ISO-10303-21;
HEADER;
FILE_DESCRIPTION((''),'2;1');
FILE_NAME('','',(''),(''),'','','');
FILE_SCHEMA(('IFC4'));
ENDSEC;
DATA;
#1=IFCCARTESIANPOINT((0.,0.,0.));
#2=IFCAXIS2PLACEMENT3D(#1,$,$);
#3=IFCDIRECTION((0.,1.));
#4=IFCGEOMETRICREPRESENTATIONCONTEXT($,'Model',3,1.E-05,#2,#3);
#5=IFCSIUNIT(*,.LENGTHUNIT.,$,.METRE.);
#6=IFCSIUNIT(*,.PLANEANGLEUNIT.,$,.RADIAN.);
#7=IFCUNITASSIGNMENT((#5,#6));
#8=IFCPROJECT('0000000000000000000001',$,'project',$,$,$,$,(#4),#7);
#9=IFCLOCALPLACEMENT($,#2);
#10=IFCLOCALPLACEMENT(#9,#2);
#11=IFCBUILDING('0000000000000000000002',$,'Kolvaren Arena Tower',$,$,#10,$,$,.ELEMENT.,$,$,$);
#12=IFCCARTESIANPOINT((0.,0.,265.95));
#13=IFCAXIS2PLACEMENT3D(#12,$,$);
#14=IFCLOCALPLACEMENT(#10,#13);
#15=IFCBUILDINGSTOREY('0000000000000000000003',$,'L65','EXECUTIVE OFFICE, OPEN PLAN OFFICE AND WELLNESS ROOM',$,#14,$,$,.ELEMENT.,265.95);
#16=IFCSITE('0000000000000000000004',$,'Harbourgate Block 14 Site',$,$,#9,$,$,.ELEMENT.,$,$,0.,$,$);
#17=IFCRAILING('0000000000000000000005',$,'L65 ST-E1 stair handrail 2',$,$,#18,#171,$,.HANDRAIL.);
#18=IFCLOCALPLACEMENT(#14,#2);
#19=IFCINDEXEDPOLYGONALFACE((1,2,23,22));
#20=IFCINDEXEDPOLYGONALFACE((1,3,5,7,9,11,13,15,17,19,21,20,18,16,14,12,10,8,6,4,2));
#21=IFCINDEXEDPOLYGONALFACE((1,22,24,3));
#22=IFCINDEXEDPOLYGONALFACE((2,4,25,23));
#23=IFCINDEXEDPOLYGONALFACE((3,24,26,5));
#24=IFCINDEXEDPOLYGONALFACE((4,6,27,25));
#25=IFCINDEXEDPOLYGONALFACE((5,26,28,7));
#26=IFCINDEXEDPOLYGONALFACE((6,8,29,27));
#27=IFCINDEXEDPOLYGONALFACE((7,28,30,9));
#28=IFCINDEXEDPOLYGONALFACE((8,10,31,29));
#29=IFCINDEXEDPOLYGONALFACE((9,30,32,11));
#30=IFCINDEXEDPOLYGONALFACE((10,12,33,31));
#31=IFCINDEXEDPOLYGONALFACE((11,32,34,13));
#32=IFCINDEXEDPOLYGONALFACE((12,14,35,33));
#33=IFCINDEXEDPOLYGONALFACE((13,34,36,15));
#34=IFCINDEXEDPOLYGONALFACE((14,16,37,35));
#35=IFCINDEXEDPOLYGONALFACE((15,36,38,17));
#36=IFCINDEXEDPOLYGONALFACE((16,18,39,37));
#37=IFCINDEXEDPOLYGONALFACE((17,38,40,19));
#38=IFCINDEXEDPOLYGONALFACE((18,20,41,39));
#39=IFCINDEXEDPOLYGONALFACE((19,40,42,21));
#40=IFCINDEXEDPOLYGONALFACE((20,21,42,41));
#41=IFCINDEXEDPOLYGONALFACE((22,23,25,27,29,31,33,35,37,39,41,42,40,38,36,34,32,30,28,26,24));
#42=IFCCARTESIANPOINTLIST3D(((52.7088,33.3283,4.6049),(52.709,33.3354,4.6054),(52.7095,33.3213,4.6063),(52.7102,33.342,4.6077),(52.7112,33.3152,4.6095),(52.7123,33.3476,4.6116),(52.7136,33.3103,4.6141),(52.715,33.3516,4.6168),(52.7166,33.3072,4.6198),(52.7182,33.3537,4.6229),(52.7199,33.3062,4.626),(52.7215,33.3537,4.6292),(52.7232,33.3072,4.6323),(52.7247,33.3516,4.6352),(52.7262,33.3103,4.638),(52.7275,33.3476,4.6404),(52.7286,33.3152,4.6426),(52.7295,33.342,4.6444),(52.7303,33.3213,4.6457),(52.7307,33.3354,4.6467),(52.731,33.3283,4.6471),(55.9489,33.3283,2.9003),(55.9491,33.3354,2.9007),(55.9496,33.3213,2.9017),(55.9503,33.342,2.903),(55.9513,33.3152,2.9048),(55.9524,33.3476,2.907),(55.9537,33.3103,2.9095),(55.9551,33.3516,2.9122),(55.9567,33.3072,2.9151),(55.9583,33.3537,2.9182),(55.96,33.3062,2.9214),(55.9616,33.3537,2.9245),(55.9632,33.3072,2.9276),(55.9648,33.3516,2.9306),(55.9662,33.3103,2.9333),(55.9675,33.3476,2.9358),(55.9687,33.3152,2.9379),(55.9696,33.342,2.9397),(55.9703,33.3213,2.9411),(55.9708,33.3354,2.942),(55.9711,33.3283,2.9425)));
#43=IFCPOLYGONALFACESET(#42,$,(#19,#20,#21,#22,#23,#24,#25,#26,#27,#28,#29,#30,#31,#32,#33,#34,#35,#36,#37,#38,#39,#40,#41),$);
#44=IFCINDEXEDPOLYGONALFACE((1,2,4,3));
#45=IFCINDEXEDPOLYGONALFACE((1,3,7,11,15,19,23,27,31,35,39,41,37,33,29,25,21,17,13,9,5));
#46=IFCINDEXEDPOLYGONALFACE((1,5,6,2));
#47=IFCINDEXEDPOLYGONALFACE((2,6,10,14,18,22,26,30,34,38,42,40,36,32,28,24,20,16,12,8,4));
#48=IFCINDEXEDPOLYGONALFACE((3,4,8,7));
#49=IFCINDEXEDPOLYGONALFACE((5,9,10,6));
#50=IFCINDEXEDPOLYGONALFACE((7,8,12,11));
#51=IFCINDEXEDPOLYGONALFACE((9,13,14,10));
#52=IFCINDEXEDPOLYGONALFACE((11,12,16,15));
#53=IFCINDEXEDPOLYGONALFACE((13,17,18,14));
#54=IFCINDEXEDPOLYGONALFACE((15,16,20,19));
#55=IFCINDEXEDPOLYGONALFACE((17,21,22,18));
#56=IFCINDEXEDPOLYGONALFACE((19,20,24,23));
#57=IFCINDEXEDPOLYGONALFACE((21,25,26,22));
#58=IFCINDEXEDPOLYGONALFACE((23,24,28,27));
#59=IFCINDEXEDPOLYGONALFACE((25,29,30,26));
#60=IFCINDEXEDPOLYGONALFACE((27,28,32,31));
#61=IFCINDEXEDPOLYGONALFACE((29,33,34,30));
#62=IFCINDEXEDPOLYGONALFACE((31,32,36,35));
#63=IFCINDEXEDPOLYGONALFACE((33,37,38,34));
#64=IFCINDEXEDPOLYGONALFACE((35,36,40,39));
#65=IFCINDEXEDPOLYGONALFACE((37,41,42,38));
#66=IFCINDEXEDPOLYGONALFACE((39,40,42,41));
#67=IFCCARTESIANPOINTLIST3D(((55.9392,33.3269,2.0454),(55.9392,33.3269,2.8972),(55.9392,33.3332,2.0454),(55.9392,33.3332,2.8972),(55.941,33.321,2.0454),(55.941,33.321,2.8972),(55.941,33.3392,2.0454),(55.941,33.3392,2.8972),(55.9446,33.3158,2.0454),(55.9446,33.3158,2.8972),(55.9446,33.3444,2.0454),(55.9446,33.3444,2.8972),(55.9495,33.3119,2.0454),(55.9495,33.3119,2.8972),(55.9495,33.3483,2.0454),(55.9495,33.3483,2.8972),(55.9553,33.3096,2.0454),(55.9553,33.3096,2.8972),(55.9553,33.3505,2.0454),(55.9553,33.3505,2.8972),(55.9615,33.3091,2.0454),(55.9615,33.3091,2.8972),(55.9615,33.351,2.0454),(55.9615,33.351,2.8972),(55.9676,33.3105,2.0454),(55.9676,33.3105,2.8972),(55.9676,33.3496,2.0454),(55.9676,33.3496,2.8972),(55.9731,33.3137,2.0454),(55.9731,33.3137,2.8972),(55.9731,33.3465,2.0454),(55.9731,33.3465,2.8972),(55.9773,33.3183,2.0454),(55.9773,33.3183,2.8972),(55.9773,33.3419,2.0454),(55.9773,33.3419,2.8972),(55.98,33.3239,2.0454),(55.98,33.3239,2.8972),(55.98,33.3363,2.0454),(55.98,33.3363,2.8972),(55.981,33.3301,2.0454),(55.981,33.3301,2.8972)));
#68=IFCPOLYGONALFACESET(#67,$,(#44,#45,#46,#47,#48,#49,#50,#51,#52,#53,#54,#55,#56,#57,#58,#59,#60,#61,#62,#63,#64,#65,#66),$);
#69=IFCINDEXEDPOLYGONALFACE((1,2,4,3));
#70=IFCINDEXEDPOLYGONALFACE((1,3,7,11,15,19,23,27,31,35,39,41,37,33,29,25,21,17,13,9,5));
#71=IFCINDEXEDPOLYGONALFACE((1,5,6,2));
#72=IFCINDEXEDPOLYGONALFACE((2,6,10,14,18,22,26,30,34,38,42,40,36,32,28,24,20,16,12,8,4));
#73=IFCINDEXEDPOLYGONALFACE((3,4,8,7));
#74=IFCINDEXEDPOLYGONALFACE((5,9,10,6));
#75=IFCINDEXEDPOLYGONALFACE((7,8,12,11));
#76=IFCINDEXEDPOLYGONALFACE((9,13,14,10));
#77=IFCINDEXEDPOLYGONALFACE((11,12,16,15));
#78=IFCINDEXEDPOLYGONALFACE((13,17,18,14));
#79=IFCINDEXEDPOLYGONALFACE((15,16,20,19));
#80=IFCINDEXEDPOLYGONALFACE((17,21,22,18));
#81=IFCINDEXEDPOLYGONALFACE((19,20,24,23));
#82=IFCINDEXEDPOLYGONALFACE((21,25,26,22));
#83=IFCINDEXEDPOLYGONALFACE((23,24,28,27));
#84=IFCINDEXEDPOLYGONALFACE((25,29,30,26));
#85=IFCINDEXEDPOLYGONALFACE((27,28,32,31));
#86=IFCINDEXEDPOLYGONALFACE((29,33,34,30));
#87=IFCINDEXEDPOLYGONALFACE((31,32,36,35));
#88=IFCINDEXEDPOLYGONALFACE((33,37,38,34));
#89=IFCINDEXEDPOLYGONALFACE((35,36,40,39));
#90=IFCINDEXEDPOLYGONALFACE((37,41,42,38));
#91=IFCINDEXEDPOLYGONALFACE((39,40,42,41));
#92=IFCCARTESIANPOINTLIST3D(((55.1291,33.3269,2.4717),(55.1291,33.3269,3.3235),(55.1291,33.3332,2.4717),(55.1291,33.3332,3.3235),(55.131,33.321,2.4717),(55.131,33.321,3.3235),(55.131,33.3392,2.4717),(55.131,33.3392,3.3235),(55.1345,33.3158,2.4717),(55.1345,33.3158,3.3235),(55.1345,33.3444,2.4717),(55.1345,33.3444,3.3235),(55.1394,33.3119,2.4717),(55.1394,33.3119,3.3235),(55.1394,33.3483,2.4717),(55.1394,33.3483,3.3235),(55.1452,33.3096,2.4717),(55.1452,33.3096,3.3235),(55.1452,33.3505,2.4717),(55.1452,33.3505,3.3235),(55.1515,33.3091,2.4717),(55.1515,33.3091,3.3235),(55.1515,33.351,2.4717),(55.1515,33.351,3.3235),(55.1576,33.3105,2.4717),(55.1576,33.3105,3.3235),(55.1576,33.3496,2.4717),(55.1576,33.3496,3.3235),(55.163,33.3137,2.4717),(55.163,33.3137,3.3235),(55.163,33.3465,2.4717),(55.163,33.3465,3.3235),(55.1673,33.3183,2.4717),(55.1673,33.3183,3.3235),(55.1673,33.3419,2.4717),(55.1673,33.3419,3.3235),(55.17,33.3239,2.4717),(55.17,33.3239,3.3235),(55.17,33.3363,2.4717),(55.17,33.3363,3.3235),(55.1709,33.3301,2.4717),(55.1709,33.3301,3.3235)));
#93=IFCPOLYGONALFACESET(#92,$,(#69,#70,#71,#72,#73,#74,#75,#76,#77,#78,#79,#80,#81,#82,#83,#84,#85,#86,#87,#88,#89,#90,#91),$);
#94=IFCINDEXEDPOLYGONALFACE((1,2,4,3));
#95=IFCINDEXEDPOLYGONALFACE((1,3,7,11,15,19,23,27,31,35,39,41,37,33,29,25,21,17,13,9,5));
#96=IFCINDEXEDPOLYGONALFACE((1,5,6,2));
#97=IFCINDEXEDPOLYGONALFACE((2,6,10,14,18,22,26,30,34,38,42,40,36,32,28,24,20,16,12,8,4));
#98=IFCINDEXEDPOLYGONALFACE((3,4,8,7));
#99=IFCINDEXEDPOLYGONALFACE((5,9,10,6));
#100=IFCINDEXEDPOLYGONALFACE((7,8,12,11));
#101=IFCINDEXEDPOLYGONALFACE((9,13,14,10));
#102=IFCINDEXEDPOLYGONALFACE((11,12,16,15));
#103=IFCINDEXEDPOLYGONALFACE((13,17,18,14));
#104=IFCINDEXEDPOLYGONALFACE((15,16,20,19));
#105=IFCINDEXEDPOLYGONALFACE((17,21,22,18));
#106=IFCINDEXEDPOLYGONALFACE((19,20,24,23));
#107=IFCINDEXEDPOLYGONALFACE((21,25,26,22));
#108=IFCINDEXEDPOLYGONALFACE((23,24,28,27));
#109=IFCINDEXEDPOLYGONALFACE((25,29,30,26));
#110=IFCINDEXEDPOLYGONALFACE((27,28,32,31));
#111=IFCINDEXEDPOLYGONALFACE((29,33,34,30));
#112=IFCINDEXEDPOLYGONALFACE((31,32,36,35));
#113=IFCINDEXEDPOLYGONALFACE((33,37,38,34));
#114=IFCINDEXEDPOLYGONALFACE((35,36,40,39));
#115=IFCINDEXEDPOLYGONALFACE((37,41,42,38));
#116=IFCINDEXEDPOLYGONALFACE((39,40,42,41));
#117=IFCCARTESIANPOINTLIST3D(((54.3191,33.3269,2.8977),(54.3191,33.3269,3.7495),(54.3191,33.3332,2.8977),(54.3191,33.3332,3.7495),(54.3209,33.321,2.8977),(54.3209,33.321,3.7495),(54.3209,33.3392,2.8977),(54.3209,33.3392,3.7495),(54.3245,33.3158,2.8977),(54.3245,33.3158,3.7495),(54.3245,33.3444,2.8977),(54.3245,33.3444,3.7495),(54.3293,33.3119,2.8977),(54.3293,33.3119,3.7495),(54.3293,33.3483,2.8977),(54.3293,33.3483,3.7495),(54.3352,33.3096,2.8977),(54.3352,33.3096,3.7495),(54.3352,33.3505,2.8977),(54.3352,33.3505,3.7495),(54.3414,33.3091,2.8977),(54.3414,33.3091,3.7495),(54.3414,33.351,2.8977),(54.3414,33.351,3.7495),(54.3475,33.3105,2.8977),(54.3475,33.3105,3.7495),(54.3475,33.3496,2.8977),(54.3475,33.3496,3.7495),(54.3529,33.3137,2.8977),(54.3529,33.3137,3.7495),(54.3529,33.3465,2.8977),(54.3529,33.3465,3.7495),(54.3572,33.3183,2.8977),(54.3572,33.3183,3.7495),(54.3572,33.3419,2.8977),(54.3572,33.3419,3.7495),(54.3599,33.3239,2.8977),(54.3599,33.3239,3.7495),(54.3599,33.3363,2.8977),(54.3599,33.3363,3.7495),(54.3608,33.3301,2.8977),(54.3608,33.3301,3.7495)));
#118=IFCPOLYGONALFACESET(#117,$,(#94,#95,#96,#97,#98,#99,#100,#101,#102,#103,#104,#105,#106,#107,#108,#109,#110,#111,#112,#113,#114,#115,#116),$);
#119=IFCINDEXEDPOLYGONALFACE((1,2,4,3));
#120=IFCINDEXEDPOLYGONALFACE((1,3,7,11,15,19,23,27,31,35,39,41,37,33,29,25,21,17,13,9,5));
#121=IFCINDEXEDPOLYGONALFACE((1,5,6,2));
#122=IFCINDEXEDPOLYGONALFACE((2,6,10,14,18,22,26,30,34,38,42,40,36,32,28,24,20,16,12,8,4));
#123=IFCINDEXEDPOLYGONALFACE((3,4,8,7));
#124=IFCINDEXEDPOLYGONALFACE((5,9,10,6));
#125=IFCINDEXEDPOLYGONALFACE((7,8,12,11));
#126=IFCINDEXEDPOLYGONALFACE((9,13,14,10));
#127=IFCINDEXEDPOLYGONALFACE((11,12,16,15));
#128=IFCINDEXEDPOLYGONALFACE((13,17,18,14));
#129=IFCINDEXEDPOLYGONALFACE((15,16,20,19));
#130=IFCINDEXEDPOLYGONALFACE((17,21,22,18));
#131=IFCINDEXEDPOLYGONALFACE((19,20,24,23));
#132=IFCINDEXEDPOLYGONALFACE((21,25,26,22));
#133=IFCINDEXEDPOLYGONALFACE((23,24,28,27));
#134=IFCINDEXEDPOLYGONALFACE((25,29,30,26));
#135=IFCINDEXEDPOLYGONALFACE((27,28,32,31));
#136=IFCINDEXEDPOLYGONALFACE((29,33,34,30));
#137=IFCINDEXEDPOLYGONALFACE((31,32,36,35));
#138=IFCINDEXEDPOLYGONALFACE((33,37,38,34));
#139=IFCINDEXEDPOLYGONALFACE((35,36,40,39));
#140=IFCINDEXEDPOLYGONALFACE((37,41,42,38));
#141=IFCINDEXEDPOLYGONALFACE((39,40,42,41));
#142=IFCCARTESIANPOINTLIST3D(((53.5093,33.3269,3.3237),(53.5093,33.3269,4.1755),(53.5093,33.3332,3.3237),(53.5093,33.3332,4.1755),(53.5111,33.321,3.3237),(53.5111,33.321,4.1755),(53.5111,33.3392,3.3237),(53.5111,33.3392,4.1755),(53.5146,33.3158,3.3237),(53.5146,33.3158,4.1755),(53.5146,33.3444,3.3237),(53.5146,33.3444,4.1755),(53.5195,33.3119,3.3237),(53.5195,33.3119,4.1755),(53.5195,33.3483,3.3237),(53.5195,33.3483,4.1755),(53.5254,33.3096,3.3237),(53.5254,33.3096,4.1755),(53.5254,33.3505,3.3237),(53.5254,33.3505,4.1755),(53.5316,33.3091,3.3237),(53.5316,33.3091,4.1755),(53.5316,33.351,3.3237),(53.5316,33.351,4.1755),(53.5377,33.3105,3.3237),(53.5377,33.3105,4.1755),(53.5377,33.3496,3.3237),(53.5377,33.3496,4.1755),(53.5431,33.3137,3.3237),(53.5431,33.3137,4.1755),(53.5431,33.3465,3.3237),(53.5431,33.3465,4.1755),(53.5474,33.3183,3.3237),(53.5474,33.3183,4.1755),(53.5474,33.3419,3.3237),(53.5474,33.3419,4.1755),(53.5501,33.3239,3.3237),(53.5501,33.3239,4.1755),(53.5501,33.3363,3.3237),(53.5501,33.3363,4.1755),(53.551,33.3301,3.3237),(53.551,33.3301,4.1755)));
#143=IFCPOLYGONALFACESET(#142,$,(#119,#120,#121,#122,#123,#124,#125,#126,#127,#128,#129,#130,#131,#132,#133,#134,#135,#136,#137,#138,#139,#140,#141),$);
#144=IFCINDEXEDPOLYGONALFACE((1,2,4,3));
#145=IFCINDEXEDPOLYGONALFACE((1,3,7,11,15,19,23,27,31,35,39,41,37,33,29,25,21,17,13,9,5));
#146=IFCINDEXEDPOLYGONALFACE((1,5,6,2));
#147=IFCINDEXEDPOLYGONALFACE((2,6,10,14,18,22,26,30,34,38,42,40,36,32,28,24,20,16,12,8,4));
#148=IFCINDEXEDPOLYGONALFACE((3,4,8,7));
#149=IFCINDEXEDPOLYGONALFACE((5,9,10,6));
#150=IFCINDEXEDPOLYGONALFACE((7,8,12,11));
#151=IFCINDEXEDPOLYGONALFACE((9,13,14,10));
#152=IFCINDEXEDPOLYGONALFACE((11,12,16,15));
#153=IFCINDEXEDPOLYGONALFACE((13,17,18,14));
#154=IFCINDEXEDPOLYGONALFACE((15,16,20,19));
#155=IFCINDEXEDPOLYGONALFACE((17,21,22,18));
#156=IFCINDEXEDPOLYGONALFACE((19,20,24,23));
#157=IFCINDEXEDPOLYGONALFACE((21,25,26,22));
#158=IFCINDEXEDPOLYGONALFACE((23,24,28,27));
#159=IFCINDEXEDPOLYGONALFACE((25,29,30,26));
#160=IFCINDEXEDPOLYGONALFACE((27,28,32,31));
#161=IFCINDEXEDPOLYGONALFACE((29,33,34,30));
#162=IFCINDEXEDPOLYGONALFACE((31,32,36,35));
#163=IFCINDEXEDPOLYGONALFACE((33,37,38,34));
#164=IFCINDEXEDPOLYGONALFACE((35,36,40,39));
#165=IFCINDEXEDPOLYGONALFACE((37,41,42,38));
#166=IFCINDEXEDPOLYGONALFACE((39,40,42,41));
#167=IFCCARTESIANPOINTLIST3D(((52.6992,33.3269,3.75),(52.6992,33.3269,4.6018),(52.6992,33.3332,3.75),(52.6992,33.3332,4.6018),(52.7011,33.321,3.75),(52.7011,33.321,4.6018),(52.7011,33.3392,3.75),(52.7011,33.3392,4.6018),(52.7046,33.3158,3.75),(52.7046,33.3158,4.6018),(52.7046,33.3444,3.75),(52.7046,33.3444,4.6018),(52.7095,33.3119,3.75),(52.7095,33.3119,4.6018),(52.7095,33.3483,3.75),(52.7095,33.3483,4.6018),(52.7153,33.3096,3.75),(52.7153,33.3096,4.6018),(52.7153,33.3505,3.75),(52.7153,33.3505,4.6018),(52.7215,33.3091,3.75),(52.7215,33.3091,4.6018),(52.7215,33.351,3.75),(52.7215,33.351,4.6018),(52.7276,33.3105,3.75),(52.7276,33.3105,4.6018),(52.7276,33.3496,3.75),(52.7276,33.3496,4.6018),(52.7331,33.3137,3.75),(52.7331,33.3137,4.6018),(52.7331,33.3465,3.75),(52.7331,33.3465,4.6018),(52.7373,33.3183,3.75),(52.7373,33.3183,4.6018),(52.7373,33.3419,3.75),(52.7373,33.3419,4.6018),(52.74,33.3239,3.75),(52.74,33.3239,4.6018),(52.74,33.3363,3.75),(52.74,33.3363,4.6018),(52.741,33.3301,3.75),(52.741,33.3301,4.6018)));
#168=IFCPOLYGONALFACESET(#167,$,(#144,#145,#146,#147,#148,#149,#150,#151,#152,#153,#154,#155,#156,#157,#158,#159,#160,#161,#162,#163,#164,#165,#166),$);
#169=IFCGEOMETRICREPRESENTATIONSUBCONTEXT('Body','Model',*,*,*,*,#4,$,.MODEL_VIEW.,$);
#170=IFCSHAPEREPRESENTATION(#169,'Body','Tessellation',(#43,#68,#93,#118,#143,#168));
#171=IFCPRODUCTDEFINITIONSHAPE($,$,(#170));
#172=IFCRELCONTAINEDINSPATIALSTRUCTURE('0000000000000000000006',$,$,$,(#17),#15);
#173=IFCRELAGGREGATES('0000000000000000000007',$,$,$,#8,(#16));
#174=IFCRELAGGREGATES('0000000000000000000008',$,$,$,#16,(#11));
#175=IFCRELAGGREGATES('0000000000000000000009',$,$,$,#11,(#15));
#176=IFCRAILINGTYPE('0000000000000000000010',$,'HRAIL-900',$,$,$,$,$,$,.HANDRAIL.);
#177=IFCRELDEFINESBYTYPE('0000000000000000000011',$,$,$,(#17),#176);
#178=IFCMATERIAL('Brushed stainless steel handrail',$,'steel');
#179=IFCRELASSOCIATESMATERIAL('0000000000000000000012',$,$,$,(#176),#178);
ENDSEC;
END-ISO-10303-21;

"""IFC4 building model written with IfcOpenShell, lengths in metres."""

from ifc_helpers import new_model, si_unit, direction, frame, origin, origin_2d, place, context, subcontext, project, spatial, circle, extrude, material, type_object, element, save


model = new_model("IFC4")

# Units and contexts
model_context = context("Model", 3, precision=1e-05, world=origin(), true_north=direction((0.0, 1.0)))
body_context = subcontext(model_context, "Body", "Model", "MODEL_VIEW")
ifc_project = project(units=[si_unit("LENGTHUNIT", "METRE"), si_unit("PLANEANGLEUNIT", "RADIAN")], contexts=[model_context])

# Site, building, storey
site_placement = place(None, origin())
site = spatial("IfcSite", under=ifc_project, at=site_placement, Name="Harbourgate Block 14 Site", CompositionType="ELEMENT", RefElevation=0.0)
building_placement = place(site_placement, origin())
building = spatial("IfcBuilding", under=site, at=building_placement, Name="Kolvaren Arena Tower", CompositionType="ELEMENT")
storey_placement = place(building_placement, frame((0.0, 0.0, 265.95)))
storey = spatial("IfcBuildingStorey", under=building, at=storey_placement, Name="L65", Description="EXECUTIVE OFFICE, OPEN PLAN OFFICE AND WELLNESS ROOM", CompositionType="ELEMENT", Elevation=265.95)

# Railing
ifc_material_1 = material(Name="Brushed stainless steel handrail", Category="steel")
railing_type_1 = type_object("IfcRailingType", Name="HRAIL-900", PredefinedType="HANDRAIL", material=ifc_material_1)
for number, where, name in (
    (1, (55.96, 33.3301, 2.0454), "L65 ST-E1 stair handrail 2"),
):
    element("IfcRailing", number, at=place(storey_placement, frame(where)), inside=storey, type_object=railing_type_1, Name=name, PredefinedType="HANDRAIL", context=body_context, shape_type="SweptSolid", body=[
        extrude(circle(Radius=0.0239, at=origin_2d()), frame((0.0, 0.0, 0.876), z_axis=(-0.884993, 0.0, 0.465604), x_axis=(0.0, -1.0, 0.0)), (0.0, 0.0, 1.0), 3.6611),
        extrude(circle(Radius=0.021, at=origin_2d()), origin(), (0.0, 0.0, 1.0), 0.8518),
        extrude(circle(Radius=0.021, at=origin_2d()), frame((-0.8101, 0.0, 0.4263)), (0.0, 0.0, 1.0), 0.8518),
        extrude(circle(Radius=0.021, at=origin_2d()), frame((-1.6201, 0.0, 0.8523)), (0.0, 0.0, 1.0), 0.8518),
        extrude(circle(Radius=0.021, at=origin_2d()), frame((-2.4299, 0.0, 1.2783)), (0.0, 0.0, 1.0), 0.8518),
        extrude(circle(Radius=0.021, at=origin_2d()), frame((-3.24, 0.0, 1.7046)), (0.0, 0.0, 1.0), 0.8518),
    ])

save(model, "model.ifc")
